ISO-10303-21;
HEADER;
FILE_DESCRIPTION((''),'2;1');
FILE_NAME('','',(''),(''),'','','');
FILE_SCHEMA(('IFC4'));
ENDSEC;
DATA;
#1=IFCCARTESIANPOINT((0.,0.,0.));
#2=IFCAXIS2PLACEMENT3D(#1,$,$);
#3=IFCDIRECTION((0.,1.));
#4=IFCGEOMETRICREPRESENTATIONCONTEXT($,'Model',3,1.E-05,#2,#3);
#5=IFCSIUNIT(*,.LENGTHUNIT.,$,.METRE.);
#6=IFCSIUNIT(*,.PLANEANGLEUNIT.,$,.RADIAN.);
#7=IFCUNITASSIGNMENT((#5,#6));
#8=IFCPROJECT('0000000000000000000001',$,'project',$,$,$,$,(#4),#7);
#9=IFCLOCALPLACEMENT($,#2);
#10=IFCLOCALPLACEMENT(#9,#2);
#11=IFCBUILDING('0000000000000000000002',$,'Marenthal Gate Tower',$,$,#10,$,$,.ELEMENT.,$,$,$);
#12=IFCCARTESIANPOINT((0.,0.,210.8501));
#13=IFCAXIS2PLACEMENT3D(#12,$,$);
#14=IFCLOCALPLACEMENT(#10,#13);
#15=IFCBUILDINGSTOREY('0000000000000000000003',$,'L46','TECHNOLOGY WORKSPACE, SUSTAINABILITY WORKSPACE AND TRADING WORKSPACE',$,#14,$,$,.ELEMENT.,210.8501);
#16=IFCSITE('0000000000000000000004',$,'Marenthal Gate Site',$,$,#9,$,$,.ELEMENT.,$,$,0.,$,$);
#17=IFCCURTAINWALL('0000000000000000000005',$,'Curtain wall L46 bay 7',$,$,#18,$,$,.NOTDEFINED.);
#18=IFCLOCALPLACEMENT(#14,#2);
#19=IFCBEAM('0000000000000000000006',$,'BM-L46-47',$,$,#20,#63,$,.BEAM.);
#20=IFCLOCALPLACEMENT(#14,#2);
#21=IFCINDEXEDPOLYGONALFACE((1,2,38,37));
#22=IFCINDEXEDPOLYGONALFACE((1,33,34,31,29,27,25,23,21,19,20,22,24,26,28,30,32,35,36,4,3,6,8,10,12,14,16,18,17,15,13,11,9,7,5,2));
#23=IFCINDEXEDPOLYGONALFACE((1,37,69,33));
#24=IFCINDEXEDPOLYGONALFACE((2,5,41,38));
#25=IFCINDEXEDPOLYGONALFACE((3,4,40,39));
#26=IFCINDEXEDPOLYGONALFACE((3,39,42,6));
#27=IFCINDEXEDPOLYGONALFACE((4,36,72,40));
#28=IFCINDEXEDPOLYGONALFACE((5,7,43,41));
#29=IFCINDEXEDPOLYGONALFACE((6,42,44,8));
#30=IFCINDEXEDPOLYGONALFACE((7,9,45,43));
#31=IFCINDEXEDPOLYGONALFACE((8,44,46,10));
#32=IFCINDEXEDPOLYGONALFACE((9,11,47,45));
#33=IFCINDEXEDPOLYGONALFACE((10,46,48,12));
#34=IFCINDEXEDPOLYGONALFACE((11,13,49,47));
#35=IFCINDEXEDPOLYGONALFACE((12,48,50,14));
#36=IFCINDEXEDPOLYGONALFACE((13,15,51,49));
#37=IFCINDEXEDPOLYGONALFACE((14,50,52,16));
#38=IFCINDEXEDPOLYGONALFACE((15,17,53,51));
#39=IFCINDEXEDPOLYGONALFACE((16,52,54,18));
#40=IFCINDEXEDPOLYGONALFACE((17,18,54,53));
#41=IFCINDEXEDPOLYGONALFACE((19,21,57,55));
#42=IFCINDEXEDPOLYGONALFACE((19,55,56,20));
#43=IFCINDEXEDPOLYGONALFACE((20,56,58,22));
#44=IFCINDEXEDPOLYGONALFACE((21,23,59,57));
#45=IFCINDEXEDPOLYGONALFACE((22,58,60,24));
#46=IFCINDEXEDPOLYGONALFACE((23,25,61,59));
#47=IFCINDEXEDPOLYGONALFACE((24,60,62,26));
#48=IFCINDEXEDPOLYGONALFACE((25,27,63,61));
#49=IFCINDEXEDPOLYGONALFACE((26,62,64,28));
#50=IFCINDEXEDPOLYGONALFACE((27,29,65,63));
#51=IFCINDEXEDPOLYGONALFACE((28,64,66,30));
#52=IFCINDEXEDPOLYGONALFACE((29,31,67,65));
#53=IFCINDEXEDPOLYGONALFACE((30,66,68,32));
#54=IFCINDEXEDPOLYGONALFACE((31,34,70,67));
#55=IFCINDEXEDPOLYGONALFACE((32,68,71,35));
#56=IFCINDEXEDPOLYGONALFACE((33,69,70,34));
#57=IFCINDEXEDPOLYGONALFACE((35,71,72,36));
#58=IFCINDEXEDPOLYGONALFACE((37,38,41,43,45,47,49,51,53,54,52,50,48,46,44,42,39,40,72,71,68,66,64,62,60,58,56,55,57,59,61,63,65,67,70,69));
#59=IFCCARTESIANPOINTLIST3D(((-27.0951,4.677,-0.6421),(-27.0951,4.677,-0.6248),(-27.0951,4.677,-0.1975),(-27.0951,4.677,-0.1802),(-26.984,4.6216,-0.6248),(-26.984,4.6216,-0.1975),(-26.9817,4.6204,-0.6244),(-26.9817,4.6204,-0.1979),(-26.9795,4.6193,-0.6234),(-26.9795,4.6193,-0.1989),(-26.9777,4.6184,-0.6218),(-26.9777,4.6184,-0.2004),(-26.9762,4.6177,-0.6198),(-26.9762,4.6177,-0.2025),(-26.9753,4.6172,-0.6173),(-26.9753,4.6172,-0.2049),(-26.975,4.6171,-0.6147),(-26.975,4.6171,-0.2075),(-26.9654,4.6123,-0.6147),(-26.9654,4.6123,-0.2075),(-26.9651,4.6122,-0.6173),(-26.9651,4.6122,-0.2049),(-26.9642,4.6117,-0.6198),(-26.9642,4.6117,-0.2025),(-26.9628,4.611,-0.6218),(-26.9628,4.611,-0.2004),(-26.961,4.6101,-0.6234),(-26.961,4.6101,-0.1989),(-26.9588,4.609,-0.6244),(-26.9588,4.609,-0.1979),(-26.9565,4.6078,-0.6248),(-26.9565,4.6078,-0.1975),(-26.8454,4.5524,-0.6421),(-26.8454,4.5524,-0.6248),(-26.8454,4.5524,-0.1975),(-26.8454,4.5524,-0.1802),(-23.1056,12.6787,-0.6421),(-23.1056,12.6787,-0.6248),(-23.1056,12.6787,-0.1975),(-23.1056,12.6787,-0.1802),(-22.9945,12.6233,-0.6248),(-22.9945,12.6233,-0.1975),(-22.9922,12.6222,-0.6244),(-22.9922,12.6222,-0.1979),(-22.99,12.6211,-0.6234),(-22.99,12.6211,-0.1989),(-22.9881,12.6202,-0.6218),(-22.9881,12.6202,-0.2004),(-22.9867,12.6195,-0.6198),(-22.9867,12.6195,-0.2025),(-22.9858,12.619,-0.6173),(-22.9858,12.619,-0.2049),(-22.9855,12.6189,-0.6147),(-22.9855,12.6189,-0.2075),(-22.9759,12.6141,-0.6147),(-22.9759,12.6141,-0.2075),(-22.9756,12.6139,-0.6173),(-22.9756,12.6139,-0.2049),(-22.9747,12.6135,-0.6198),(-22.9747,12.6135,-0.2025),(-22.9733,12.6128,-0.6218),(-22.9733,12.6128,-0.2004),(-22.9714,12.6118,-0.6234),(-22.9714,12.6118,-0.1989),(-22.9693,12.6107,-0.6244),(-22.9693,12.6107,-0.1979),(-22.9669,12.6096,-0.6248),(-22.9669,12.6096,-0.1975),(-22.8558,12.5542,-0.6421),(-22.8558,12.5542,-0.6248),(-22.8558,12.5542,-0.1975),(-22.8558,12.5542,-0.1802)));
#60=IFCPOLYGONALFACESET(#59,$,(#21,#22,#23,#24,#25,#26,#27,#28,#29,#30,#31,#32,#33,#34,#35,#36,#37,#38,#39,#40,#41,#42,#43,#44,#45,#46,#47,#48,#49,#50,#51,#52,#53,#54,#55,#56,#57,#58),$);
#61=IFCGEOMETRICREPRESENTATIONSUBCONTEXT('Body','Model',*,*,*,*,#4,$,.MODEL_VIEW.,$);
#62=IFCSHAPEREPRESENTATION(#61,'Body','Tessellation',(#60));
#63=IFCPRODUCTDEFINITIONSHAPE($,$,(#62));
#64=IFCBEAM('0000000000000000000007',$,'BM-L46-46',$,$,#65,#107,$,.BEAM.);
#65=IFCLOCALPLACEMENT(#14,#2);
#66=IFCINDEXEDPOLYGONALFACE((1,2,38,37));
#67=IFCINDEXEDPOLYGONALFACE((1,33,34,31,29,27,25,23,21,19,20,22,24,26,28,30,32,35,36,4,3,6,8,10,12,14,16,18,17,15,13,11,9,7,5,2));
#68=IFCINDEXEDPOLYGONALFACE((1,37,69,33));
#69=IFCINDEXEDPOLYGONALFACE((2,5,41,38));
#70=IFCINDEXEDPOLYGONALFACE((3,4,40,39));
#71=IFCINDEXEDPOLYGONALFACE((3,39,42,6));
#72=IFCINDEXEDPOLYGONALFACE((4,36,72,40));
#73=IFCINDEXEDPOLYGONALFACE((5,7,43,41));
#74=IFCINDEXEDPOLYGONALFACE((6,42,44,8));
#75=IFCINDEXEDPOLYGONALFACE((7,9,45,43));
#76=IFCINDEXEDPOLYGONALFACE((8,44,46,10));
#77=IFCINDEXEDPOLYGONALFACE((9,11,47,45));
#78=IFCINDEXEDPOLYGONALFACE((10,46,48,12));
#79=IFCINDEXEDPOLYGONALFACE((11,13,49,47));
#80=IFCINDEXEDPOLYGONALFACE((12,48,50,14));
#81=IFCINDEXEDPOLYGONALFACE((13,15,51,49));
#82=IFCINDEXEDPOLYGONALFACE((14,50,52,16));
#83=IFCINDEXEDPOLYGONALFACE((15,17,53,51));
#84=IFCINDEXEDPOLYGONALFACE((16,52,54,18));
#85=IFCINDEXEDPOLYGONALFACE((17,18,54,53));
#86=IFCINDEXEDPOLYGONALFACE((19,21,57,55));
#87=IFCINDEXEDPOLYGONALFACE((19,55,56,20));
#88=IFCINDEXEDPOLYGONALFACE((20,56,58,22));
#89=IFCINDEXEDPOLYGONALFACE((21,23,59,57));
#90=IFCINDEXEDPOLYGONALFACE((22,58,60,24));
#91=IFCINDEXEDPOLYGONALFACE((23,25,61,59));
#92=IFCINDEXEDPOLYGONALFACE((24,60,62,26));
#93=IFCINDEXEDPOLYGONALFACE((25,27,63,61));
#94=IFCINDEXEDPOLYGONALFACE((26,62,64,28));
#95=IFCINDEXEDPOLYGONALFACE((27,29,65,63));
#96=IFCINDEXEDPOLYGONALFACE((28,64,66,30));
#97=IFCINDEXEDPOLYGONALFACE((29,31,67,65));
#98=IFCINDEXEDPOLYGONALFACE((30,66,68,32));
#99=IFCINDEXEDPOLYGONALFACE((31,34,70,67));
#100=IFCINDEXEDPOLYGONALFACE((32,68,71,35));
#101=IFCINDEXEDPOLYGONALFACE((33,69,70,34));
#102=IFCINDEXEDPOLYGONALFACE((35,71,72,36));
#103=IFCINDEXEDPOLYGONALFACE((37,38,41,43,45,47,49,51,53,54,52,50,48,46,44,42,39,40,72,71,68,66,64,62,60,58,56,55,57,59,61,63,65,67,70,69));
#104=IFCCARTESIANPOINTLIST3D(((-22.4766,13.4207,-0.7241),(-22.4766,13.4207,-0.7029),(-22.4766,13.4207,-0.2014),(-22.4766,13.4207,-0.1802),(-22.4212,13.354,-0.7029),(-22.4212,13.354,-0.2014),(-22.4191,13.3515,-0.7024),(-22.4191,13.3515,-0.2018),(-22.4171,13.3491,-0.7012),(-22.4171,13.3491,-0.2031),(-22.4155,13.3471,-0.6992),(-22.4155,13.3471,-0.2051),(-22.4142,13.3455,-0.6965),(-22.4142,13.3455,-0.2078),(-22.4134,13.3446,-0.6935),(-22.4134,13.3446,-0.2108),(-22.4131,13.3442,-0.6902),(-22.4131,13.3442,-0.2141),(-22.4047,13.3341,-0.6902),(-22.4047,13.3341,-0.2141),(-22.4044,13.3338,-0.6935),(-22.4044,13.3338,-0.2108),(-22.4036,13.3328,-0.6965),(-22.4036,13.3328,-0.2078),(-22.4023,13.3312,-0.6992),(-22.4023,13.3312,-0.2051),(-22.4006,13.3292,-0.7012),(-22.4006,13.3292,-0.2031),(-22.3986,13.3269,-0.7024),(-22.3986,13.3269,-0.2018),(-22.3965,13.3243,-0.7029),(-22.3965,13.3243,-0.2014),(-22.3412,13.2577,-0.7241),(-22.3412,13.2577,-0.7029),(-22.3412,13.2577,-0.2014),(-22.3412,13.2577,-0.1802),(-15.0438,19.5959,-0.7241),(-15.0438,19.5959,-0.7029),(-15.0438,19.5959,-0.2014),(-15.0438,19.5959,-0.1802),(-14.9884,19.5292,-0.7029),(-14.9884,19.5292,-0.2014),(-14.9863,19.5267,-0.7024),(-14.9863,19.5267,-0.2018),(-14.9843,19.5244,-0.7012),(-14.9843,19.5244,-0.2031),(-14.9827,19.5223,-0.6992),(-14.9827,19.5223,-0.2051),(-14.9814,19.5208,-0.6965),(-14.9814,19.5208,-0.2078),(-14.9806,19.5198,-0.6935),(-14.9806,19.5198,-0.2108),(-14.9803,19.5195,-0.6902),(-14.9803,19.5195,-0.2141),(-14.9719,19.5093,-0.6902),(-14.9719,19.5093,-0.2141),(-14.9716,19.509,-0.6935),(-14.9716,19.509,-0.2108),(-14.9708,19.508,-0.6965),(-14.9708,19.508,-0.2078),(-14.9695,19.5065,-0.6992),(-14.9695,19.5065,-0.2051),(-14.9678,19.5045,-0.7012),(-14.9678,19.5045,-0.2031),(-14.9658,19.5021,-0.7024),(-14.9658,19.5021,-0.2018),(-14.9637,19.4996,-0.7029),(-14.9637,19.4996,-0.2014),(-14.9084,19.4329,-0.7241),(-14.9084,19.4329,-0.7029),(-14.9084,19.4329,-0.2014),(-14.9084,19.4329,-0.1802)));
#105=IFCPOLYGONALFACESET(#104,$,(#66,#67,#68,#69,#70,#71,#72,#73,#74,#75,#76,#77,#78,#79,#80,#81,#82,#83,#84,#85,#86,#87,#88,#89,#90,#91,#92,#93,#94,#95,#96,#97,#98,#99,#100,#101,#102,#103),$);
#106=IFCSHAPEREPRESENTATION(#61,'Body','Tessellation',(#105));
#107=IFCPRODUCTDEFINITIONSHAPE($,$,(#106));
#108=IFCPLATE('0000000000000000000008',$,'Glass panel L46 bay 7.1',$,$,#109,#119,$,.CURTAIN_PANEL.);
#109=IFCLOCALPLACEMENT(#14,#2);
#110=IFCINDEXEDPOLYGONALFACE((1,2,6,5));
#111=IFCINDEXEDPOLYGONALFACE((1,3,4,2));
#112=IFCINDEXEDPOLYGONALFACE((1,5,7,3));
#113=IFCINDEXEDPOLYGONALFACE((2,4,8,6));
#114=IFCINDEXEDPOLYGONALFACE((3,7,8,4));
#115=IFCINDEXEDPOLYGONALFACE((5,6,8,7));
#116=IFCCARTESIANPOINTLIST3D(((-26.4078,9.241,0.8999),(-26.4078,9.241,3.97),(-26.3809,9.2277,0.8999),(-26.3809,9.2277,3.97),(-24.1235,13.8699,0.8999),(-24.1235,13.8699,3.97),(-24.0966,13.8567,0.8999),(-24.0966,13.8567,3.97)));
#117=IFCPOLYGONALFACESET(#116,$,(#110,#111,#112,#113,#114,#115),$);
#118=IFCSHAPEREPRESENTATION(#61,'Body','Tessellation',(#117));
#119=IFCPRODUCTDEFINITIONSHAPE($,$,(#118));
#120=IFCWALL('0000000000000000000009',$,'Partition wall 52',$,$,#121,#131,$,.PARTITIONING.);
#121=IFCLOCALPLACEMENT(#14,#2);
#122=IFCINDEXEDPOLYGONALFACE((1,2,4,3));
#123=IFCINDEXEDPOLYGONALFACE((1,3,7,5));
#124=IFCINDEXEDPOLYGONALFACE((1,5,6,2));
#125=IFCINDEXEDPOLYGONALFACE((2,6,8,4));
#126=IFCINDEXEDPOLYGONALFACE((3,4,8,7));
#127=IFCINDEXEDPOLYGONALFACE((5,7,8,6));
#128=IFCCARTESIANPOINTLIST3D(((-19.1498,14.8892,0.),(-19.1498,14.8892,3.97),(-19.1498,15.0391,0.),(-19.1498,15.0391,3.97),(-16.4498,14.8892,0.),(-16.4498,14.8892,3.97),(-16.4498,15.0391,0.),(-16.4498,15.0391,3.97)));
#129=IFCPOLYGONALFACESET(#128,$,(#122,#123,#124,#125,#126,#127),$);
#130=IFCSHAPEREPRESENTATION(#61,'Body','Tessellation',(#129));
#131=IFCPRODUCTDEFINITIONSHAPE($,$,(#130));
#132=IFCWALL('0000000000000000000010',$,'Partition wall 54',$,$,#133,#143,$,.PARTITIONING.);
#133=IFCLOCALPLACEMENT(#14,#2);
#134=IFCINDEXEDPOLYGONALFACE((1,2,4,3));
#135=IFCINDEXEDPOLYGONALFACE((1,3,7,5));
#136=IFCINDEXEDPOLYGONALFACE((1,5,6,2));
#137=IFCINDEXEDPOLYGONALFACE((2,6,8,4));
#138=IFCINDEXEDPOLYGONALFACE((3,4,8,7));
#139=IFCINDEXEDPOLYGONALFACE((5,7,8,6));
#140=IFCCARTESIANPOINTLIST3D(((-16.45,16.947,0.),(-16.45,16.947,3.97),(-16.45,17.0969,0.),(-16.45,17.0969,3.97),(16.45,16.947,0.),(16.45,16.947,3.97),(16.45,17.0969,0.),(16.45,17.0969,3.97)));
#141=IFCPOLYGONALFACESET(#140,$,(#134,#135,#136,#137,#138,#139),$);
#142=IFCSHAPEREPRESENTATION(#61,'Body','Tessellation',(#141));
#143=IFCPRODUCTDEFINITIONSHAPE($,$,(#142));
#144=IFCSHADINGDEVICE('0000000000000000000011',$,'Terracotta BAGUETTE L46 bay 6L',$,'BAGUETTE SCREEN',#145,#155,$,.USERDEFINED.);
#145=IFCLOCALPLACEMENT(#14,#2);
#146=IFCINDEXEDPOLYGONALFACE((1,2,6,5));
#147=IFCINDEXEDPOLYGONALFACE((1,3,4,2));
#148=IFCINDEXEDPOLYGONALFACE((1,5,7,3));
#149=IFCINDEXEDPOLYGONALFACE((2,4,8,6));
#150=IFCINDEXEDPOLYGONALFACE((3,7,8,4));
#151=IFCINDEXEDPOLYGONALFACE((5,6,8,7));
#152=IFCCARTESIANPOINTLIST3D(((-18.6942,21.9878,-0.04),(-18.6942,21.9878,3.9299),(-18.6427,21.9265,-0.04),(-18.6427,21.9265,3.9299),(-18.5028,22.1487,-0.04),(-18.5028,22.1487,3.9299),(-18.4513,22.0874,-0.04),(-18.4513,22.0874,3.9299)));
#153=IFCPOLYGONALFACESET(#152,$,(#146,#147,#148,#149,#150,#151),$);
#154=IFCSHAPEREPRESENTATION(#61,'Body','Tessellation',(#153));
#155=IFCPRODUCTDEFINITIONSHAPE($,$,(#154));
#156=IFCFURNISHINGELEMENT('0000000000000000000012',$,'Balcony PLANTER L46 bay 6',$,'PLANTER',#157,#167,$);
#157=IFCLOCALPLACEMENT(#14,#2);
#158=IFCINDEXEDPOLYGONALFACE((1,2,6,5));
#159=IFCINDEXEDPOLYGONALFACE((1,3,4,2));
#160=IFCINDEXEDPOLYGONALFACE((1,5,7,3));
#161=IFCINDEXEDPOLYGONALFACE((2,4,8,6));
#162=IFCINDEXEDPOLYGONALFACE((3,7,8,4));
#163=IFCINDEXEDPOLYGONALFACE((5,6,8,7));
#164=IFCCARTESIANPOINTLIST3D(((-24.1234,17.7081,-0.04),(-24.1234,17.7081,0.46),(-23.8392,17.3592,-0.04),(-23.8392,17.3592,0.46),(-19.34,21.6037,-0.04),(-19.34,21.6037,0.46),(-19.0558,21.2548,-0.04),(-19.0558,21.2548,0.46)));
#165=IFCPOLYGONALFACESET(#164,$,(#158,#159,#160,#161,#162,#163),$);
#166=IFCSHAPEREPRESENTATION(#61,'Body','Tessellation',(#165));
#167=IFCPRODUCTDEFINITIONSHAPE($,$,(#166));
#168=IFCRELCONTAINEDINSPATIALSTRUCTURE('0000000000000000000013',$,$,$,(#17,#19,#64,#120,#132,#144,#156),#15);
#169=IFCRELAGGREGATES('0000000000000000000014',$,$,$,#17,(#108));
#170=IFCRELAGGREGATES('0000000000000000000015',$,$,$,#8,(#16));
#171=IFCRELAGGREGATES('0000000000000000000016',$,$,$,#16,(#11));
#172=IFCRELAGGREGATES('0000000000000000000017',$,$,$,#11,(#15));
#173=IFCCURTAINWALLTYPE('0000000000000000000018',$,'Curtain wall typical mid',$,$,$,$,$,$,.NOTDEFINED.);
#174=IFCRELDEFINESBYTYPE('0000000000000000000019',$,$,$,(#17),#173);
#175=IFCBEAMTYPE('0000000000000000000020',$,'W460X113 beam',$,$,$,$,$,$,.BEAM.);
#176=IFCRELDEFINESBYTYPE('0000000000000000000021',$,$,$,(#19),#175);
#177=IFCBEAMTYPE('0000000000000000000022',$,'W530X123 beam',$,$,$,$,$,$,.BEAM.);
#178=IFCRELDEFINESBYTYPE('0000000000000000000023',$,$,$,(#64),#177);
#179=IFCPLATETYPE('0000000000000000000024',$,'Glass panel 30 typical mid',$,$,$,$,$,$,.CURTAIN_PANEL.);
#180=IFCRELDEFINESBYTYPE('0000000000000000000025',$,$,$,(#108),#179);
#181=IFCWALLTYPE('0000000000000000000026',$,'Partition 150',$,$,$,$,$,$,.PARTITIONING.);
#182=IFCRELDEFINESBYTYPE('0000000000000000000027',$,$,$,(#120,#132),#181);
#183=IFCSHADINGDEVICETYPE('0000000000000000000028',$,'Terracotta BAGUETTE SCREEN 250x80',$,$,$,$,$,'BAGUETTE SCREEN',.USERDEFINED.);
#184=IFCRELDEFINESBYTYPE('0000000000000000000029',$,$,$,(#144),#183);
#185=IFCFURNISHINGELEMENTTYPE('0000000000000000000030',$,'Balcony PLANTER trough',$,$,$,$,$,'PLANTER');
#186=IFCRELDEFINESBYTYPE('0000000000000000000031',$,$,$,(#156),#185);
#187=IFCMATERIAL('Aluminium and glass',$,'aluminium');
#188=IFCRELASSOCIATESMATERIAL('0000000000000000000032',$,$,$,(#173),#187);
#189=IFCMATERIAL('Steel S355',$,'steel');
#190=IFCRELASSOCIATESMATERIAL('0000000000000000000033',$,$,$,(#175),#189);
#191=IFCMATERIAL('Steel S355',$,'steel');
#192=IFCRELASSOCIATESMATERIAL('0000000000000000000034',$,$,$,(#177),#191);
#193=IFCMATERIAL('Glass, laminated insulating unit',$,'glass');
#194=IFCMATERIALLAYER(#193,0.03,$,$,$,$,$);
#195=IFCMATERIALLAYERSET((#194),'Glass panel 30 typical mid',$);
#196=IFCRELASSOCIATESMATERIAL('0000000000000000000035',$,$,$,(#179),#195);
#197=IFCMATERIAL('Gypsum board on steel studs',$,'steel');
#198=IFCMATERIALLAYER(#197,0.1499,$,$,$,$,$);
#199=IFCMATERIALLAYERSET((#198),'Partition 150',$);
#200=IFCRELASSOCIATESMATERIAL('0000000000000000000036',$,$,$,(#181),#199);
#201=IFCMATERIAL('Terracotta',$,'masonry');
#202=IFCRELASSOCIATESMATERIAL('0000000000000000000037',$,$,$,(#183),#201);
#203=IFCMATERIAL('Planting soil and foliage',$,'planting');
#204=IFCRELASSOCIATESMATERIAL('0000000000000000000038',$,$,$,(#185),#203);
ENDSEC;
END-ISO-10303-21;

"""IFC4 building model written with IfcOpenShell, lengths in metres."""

from ifc_helpers import new_model, si_unit, direction, frame, frame_2d, origin, origin_2d, place, context, subcontext, project, spatial, rectangle, i_section, extrude, material, layer, layer_set, material_profile, profile_set, type_object, element, aggregate, save


model = new_model("IFC4")

# Units and contexts
model_context = context("Model", 3, precision=1e-05, world=origin(), true_north=direction((0.0, 1.0)))
body_context = subcontext(model_context, "Body", "Model", "MODEL_VIEW")
ifc_project = project(units=[si_unit("LENGTHUNIT", "METRE"), si_unit("PLANEANGLEUNIT", "RADIAN")], contexts=[model_context])

# Site, building, storey
site_placement = place(None, origin())
site = spatial("IfcSite", under=ifc_project, at=site_placement, Name="Marenthal Gate Site", CompositionType="ELEMENT", RefElevation=0.0)
building_placement = place(site_placement, origin())
building = spatial("IfcBuilding", under=site, at=building_placement, Name="Marenthal Gate Tower", CompositionType="ELEMENT")
storey_placement = place(building_placement, frame((0.0, 0.0, 210.8501)))
storey = spatial("IfcBuildingStorey", under=building, at=storey_placement, Name="L46", Description="TECHNOLOGY WORKSPACE, SUSTAINABILITY WORKSPACE AND TRADING WORKSPACE", CompositionType="ELEMENT", Elevation=210.8501)

# Shared definitions
ifc_material_1 = material(Name="Aluminium and glass", Category="aluminium")
curtain_wall_type = type_object("IfcCurtainWallType", Name="Curtain wall typical mid", PredefinedType="NOTDEFINED", material=ifc_material_1)

# Curtain wall
curtain_wall_1_placement = place(storey_placement, origin())
curtain_wall_1 = element("IfcCurtainWall", 1, at=curtain_wall_1_placement, inside=storey, type_object=curtain_wall_type, Name="Curtain wall L46 bay 7", PredefinedType="NOTDEFINED")

# Beams
ifc_material_2 = material(Name="Steel S355", Category="steel")
ifc_material_profile_1 = material_profile(ifc_material_2, i_section(OverallWidth=0.2791, OverallDepth=0.4619, WebThickness=0.0107, FlangeThickness=0.0173, FilletRadius=0.01, at=origin_2d()), Name="W460X113")
ifc_profile_set_1 = profile_set([ifc_material_profile_1], Name="Steel S355")
beam_type_1 = type_object("IfcBeamType", Name="W460X113 beam", PredefinedType="BEAM", material=ifc_profile_set_1)
beam_1_placement = place(storey_placement, frame((-22.9807, 12.6165, -0.4111), z_axis=(-0.446198, -0.894934, 0.0), x_axis=(0.894934, -0.446198, 0.0)))
element("IfcBeam", 2, at=beam_1_placement, inside=storey, type_object=beam_type_1, Name="BM-L46-47", PredefinedType="BEAM", context=body_context, shape_type="SweptSolid", body=[
    extrude(i_section(OverallWidth=0.2791, OverallDepth=0.4619, WebThickness=0.0107, FlangeThickness=0.0173, FilletRadius=0.01, at=origin_2d()), origin(), (0.0, 0.0, 1.0), 8.9412),
])
ifc_material_3 = material(Name="Steel S355", Category="steel")
ifc_material_profile_2 = material_profile(ifc_material_3, i_section(OverallWidth=0.2119, OverallDepth=0.5439, WebThickness=0.0132, FlangeThickness=0.0212, FilletRadius=0.0127, at=origin_2d()), Name="W530X123")
ifc_profile_set_2 = profile_set([ifc_material_profile_2], Name="Steel S355")
beam_type_2 = type_object("IfcBeamType", Name="W530X123 beam", PredefinedType="BEAM", material=ifc_profile_set_2)
beam_2_placement = place(storey_placement, frame((-14.9761, 19.5144, -0.4521), z_axis=(-0.769175, -0.639038, 0.0), x_axis=(0.639038, -0.769175, 0.0)))
element("IfcBeam", 3, at=beam_2_placement, inside=storey, type_object=beam_type_2, Name="BM-L46-46", PredefinedType="BEAM", context=body_context, shape_type="SweptSolid", body=[
    extrude(i_section(OverallWidth=0.2119, OverallDepth=0.5439, WebThickness=0.0132, FlangeThickness=0.0212, FilletRadius=0.0127, at=origin_2d()), origin(), (0.0, 0.0, 1.0), 9.6633),
])

# Plate
ifc_material_4 = material(Name="Glass, laminated insulating unit", Category="glass")
ifc_layer_1 = layer(ifc_material_4, 0.03)
ifc_layer_set_1 = layer_set([ifc_layer_1], Name="Glass panel 30 typical mid")
plate_type = type_object("IfcPlateType", Name="Glass panel 30 typical mid", PredefinedType="CURTAIN_PANEL", material=ifc_layer_set_1)
plate_placement = place(storey_placement, frame((-25.2522, 11.5488, 0.8999), z_axis=(0.0, 0.0, 1.0), x_axis=(-0.442523, -0.896757, 0.0)))
plate = element("IfcPlate", 4, at=plate_placement, type_object=plate_type, Name="Glass panel L46 bay 7.1", PredefinedType="CURTAIN_PANEL", context=body_context, shape_type="SweptSolid", body=[
    extrude(rectangle(XDim=5.1619, YDim=0.03, at=origin_2d()), origin(), (0.0, 0.0, 1.0), 3.0701),
])
aggregate(curtain_wall_1, [plate])

# Walls
ifc_material_5 = material(Name="Gypsum board on steel studs", Category="steel")
ifc_layer_2 = layer(ifc_material_5, 0.1499)
ifc_layer_set_2 = layer_set([ifc_layer_2], Name="Partition 150")
wall_type_1 = type_object("IfcWallType", Name="Partition 150", PredefinedType="PARTITIONING", material=ifc_layer_set_2)
wall_1_placement = place(storey_placement, frame((-19.1499, 14.9641, 0.0), z_axis=(0.0, 0.0, 1.0), x_axis=(1.0, 0.0, 0.0)))
element("IfcWall", 5, at=wall_1_placement, inside=storey, type_object=wall_type_1, Name="Partition wall 52", PredefinedType="PARTITIONING", context=body_context, shape_type="SweptSolid", body=[
    extrude(rectangle(XDim=2.7, YDim=0.1499, at=frame_2d((1.3501, 0.0))), origin(), (0.0, 0.0, 1.0), 3.97),
])
wall_2_placement = place(storey_placement, frame((-16.45, 17.022, 0.0), z_axis=(0.0, 0.0, 1.0), x_axis=(1.0, 0.0, 0.0)))
element("IfcWall", 6, at=wall_2_placement, inside=storey, type_object=wall_type_1, Name="Partition wall 54", PredefinedType="PARTITIONING", context=body_context, shape_type="SweptSolid", body=[
    extrude(rectangle(XDim=32.8999, YDim=0.1499, at=frame_2d((16.45, 0.0))), origin(), (0.0, 0.0, 1.0), 3.97),
])

# Shading device
ifc_material_6 = material(Name="Terracotta", Category="masonry")
ifc_material_profile_3 = material_profile(ifc_material_6, rectangle(XDim=0.25, YDim=0.0801, at=origin_2d()), Name="Terracotta baguette 250x80")
ifc_profile_set_3 = profile_set([ifc_material_profile_3], Name="Terracotta")
shading_device_type = type_object("IfcShadingDeviceType", Name="Terracotta BAGUETTE SCREEN 250x80", ElementType="BAGUETTE SCREEN", PredefinedType="USERDEFINED", material=ifc_profile_set_3)
shading_device_placement = place(storey_placement, frame((-18.5728, 22.0376, -0.04), z_axis=(0.0, 0.0, 1.0), x_axis=(-0.765628, -0.643284, 0.0)))
element("IfcShadingDevice", 7, at=shading_device_placement, inside=storey, type_object=shading_device_type, Name="Terracotta BAGUETTE L46 bay 6L", ObjectType="BAGUETTE SCREEN", PredefinedType="USERDEFINED", context=body_context, shape_type="SweptSolid", body=[
    extrude(rectangle(XDim=0.25, YDim=0.0801, at=origin_2d()), origin(), (0.0, 0.0, 1.0), 3.97),
])

# Furnishing element
ifc_material_7 = material(Name="Planting soil and foliage", Category="planting")
furnishing_element_type = type_object("IfcFurnishingElementType", Name="Balcony PLANTER trough", ElementType="PLANTER", material=ifc_material_7)
furnishing_placement = place(storey_placement, frame((-21.5896, 19.4814, -0.04), z_axis=(0.0, 0.0, 1.0), x_axis=(-0.775396, -0.631476, 0.0)))
element("IfcFurnishingElement", 8, at=furnishing_placement, inside=storey, type_object=furnishing_element_type, Name="Balcony PLANTER L46 bay 6", ObjectType="PLANTER", context=body_context, shape_type="SweptSolid", body=[
    extrude(rectangle(XDim=6.1689, YDim=0.45, at=origin_2d()), origin(), (0.0, 0.0, 1.0), 0.5),
])

save(model, "model.ifc")
